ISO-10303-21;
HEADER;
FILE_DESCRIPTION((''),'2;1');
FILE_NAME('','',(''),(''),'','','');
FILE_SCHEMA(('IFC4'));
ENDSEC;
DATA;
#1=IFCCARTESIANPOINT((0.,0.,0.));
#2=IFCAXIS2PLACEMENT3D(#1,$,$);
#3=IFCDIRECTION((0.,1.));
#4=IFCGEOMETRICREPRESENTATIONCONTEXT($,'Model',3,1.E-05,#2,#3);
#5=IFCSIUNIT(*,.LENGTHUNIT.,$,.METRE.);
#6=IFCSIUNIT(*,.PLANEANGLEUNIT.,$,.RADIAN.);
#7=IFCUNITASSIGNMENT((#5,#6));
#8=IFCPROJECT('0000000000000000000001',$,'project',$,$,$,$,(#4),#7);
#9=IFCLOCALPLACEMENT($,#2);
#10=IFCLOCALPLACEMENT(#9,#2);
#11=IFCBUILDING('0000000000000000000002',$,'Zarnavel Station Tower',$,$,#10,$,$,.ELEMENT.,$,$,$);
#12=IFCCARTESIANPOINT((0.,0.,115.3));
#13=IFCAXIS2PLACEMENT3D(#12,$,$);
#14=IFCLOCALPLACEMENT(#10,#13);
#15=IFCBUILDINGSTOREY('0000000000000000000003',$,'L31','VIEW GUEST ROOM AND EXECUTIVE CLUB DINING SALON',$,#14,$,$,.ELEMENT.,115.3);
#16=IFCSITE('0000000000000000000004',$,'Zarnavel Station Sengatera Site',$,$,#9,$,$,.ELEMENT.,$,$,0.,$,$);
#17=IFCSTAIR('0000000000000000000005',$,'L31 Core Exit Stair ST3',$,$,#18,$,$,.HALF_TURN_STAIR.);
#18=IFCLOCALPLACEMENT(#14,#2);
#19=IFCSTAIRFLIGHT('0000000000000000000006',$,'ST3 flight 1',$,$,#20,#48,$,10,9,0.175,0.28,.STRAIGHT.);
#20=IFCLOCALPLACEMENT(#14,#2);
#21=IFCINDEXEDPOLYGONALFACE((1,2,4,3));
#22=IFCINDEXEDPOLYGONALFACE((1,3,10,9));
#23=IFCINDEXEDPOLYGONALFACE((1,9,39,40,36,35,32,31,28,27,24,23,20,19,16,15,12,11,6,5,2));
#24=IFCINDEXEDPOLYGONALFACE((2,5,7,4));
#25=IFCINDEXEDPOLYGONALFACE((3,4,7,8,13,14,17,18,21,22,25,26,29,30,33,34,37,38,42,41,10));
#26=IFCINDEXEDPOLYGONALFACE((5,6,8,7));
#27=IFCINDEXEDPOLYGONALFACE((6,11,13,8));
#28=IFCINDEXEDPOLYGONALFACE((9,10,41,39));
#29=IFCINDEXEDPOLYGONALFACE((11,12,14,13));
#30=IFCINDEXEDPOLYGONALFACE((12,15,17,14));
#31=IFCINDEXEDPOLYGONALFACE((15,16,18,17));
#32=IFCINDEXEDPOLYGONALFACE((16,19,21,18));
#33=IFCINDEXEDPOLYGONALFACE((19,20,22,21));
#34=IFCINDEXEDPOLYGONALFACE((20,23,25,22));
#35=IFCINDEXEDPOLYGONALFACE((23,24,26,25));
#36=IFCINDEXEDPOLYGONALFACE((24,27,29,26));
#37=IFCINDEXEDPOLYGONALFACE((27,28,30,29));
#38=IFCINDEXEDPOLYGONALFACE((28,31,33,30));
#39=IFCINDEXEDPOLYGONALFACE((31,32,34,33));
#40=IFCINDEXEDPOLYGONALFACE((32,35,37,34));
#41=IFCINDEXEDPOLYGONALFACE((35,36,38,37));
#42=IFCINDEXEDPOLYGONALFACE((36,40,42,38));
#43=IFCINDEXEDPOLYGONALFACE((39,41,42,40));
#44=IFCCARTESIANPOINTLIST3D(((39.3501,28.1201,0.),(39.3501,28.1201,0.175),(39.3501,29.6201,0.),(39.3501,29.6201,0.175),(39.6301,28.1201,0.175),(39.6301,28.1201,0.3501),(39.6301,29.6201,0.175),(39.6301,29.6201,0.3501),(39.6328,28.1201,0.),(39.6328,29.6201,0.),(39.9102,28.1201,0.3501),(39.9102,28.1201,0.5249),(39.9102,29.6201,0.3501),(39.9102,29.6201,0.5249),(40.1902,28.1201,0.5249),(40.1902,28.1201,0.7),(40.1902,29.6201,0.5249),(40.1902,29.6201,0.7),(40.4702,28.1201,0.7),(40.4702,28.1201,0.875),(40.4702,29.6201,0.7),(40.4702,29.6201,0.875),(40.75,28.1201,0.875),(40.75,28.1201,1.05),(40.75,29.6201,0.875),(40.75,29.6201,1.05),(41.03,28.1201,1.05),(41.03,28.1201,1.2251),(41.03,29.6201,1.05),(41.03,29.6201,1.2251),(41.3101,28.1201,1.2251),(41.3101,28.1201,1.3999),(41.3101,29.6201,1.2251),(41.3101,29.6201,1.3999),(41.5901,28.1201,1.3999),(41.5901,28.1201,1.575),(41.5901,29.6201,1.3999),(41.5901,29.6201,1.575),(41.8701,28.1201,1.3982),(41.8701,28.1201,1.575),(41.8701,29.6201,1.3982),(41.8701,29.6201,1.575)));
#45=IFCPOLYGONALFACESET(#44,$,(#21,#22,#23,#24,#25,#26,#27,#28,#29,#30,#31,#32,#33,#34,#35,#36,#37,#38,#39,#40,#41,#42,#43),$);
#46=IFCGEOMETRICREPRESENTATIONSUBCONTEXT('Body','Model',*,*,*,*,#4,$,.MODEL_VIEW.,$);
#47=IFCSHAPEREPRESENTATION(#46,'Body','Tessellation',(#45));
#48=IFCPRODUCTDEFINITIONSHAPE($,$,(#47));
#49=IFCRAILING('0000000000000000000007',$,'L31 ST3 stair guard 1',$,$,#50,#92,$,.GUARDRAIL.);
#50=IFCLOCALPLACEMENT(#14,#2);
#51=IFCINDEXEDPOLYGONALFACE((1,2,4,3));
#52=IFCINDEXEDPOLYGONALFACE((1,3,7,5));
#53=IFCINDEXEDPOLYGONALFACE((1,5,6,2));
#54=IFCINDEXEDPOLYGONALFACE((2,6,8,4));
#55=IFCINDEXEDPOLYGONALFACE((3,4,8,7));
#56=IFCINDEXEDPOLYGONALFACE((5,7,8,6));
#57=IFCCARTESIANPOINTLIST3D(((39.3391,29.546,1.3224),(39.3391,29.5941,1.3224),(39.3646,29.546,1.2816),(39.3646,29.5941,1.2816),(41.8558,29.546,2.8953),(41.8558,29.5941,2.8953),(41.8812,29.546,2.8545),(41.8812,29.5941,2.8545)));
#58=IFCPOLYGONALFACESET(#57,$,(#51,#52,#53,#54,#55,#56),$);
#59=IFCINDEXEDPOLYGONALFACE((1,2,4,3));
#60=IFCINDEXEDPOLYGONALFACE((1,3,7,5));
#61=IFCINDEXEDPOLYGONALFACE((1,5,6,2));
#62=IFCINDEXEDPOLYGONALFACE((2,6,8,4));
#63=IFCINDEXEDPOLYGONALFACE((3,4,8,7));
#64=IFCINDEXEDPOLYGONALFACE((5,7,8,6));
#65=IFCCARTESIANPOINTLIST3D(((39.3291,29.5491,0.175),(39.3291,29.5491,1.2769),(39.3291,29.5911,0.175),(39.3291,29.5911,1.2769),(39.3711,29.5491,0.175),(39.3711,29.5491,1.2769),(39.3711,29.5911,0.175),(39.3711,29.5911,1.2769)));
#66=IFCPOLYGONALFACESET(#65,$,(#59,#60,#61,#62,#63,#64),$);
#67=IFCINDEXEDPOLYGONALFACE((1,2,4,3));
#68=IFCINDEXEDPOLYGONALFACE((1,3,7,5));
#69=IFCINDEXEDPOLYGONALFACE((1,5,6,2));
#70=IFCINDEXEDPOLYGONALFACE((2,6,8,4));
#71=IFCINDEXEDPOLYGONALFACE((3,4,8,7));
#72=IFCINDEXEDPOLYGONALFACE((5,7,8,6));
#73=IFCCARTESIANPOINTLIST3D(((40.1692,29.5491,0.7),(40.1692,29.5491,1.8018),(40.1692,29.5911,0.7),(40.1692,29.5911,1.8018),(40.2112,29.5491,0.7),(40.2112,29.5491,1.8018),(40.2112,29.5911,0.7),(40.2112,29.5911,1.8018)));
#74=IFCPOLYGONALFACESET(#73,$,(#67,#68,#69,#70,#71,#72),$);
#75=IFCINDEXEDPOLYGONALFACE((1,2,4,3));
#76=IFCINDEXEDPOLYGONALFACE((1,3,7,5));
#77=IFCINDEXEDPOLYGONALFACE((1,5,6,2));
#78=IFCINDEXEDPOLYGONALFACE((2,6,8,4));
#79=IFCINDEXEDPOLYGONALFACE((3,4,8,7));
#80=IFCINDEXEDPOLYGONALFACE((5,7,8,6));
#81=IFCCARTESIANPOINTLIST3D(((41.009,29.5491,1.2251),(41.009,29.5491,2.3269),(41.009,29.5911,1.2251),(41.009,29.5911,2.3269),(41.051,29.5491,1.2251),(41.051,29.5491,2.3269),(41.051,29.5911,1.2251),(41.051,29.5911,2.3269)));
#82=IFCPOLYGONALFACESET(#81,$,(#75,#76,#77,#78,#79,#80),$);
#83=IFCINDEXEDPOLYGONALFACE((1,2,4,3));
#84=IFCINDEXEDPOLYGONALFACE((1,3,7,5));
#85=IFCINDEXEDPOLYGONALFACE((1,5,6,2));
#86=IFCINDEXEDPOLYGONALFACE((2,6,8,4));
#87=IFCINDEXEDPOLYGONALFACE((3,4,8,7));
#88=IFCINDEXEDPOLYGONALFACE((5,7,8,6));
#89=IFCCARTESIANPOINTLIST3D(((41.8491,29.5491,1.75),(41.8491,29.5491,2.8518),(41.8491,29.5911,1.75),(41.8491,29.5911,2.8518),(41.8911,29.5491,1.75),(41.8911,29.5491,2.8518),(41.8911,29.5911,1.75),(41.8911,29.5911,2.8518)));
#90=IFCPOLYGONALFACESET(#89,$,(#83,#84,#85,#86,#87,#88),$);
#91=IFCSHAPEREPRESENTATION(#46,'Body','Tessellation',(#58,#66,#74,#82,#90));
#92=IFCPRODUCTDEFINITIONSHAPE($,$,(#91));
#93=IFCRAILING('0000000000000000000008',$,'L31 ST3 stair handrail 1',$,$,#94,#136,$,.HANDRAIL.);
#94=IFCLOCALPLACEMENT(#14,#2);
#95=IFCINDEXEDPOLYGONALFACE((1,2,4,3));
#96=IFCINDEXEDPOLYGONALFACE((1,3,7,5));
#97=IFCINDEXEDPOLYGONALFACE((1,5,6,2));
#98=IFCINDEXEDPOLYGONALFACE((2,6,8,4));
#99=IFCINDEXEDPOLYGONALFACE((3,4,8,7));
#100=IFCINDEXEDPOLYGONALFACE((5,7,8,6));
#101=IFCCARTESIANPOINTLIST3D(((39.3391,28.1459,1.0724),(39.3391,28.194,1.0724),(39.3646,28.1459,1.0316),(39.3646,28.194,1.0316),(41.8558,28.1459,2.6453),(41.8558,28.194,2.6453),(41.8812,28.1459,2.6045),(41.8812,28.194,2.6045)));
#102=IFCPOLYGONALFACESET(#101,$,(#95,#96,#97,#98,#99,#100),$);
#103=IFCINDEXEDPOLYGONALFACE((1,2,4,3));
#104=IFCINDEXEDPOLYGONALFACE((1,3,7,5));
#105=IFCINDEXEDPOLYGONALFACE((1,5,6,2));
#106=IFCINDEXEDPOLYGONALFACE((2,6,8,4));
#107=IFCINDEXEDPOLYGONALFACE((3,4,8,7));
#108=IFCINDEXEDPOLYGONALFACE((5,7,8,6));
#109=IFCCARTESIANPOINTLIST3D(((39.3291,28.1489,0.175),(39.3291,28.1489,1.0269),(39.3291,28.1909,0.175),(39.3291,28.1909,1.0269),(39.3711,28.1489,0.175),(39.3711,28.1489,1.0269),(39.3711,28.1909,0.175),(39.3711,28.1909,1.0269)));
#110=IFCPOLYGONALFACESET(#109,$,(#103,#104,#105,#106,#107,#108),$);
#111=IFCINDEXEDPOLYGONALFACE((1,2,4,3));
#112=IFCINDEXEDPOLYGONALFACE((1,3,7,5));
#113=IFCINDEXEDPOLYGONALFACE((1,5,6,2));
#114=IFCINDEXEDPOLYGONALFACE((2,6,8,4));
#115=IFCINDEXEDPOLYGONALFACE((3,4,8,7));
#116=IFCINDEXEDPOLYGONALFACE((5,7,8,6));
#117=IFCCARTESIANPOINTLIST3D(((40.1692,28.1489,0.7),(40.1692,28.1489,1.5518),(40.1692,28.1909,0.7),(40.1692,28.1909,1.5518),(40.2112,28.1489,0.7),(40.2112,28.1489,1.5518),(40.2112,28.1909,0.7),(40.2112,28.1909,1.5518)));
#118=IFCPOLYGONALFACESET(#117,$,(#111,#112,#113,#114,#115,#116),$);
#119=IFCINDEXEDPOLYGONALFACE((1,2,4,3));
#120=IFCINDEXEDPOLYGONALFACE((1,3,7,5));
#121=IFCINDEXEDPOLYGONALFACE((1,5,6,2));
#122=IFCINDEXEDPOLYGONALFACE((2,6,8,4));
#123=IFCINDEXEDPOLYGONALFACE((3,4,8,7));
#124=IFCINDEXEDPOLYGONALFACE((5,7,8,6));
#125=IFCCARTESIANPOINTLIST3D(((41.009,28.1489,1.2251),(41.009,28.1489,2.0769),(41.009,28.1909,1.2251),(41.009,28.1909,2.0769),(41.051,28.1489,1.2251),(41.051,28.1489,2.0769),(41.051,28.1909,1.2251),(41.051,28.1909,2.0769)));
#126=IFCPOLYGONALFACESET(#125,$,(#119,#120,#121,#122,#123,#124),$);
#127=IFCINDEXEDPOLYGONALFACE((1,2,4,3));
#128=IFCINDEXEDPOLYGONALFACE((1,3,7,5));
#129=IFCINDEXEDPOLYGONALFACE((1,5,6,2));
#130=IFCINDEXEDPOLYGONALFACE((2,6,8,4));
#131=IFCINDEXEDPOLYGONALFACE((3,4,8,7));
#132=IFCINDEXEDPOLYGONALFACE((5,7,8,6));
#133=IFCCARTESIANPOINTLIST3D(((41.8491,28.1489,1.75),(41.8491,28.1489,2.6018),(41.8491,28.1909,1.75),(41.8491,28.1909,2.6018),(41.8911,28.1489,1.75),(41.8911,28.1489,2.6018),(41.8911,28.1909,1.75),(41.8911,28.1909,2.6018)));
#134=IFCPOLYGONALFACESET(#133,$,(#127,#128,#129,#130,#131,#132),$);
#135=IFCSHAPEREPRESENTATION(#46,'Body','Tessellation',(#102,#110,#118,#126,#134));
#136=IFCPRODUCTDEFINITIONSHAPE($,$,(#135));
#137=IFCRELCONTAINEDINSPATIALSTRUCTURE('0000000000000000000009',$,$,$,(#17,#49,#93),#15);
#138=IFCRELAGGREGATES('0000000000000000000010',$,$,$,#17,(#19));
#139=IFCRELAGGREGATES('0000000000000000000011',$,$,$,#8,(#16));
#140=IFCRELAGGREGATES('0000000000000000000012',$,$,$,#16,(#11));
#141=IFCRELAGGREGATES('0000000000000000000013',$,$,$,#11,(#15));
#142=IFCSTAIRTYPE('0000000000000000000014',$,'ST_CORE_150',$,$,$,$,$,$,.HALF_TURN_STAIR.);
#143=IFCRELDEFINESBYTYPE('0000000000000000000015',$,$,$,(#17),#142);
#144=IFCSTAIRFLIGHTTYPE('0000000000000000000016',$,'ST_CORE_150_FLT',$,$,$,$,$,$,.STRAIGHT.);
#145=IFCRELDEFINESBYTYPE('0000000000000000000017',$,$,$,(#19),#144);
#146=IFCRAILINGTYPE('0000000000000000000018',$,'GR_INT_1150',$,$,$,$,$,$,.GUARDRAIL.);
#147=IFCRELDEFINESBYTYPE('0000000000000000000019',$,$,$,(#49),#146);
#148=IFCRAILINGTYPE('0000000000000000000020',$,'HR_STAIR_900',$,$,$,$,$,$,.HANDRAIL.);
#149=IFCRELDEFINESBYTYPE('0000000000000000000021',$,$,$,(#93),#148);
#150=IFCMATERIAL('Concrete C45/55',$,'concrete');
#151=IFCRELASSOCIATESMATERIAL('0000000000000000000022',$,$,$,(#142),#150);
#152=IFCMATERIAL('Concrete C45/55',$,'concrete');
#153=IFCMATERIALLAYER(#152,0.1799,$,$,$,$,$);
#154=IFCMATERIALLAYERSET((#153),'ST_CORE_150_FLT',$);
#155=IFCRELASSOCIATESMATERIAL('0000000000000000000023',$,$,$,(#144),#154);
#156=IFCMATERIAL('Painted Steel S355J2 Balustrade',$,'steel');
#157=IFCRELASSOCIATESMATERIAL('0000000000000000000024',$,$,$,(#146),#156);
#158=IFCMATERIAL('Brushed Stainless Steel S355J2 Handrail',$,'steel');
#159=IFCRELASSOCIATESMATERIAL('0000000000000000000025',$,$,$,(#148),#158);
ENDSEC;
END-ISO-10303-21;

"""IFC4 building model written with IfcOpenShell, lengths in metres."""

from ifc_helpers import new_model, si_unit, direction, frame, origin, origin_2d, place, context, subcontext, project, spatial, polyline, rectangle, outline, extrude, material, layer, layer_set, type_object, element, aggregate, save


model = new_model("IFC4")

# Units and contexts
model_context = context("Model", 3, precision=1e-05, world=origin(), true_north=direction((0.0, 1.0)))
body_context = subcontext(model_context, "Body", "Model", "MODEL_VIEW")
ifc_project = project(units=[si_unit("LENGTHUNIT", "METRE"), si_unit("PLANEANGLEUNIT", "RADIAN")], contexts=[model_context])

# Site, building, storey
site_placement = place(None, origin())
site = spatial("IfcSite", under=ifc_project, at=site_placement, Name="Zarnavel Station Sengatera Site", CompositionType="ELEMENT", RefElevation=0.0)
building_placement = place(site_placement, origin())
building = spatial("IfcBuilding", under=site, at=building_placement, Name="Zarnavel Station Tower", CompositionType="ELEMENT")
storey_placement = place(building_placement, frame((0.0, 0.0, 115.3)))
storey = spatial("IfcBuildingStorey", under=building, at=storey_placement, Name="L31", Description="VIEW GUEST ROOM AND EXECUTIVE CLUB DINING SALON", CompositionType="ELEMENT", Elevation=115.3)

# Stair, stair flight
ifc_material_1 = material(Name="Concrete C45/55", Category="concrete")
stair_type = type_object("IfcStairType", Name="ST_CORE_150", PredefinedType="HALF_TURN_STAIR", material=ifc_material_1)
stair_placement = place(storey_placement, origin())
stair = element("IfcStair", 1, at=stair_placement, inside=storey, type_object=stair_type, Name="L31 Core Exit Stair ST3", PredefinedType="HALF_TURN_STAIR")
ifc_material_2 = material(Name="Concrete C45/55", Category="concrete")
ifc_layer_1 = layer(ifc_material_2, 0.1799)
ifc_layer_set_1 = layer_set([ifc_layer_1], Name="ST_CORE_150_FLT")
stair_flight_type = type_object("IfcStairFlightType", Name="ST_CORE_150_FLT", PredefinedType="STRAIGHT", material=ifc_layer_set_1)
stair_flight_placement = place(storey_placement, frame((39.3501, 28.8701, 0.0), z_axis=(0.0, 0.0, 1.0), x_axis=(1.0, 0.0, 0.0)))
stair_flight = element("IfcStairFlight", 2, at=stair_flight_placement, type_object=stair_flight_type, Name="ST3 flight 1", NumberOfRisers=10, NumberOfTreads=9, PredefinedType="STRAIGHT", RiserHeight=0.175, TreadLength=0.28, context=body_context, shape_type="SweptSolid", body=[
    extrude(outline(polyline([(0.0, 0.0), (0.0, 0.175), (0.28, 0.175), (0.28, 0.3501), (0.5601, 0.3501), (0.5601, 0.5249), (0.8401, 0.5249), (0.8401, 0.7), (1.1201, 0.7), (1.1201, 0.875), (1.3999, 0.875), (1.3999, 1.05), (1.6799, 1.05), (1.6799, 1.2251), (1.96, 1.2251), (1.96, 1.3999), (2.24, 1.3999), (2.24, 1.575), (2.52, 1.575), (2.52, 1.75), (2.52, 1.3982), (0.2827, 0.0), (0.0, 0.0)])), frame((0.0, 0.75, 0.0), z_axis=(0.0, -1.0, 0.0), x_axis=(1.0, 0.0, 0.0)), (0.0, 0.0, 1.0), 1.5),
])
aggregate(stair, [stair_flight])

# Railings
ifc_material_3 = material(Name="Painted Steel S355J2 Balustrade", Category="steel")
railing_type_1 = type_object("IfcRailingType", Name="GR_INT_1150", PredefinedType="GUARDRAIL", material=ifc_material_3)
railing_1_placement = place(storey_placement, frame((39.3501, 29.5701, 0.175)))
element("IfcRailing", 3, at=railing_1_placement, inside=storey, type_object=railing_type_1, Name="L31 ST3 stair guard 1", PredefinedType="GUARDRAIL", context=body_context, shape_type="SweptSolid", body=[
    extrude(rectangle(XDim=0.0481, YDim=0.0481, at=origin_2d()), frame((0.0017, 0.0, 1.127), z_axis=(0.848008, 0.0, 0.529984), x_axis=(0.0, 1.0, 0.0)), (0.0, 0.0, 1.0), 2.9678),
    extrude(rectangle(XDim=0.042, YDim=0.042, at=origin_2d()), origin(), (0.0, 0.0, 1.0), 1.1018),
    extrude(rectangle(XDim=0.042, YDim=0.042, at=origin_2d()), frame((0.8401, 0.0, 0.5249)), (0.0, 0.0, 1.0), 1.1018),
    extrude(rectangle(XDim=0.042, YDim=0.042, at=origin_2d()), frame((1.6799, 0.0, 1.05)), (0.0, 0.0, 1.0), 1.1018),
    extrude(rectangle(XDim=0.042, YDim=0.042, at=origin_2d()), frame((2.52, 0.0, 1.575)), (0.0, 0.0, 1.0), 1.1018),
])
ifc_material_4 = material(Name="Brushed Stainless Steel S355J2 Handrail", Category="steel")
railing_type_2 = type_object("IfcRailingType", Name="HR_STAIR_900", PredefinedType="HANDRAIL", material=ifc_material_4)
railing_2_placement = place(storey_placement, frame((39.3501, 28.1699, 0.175)))
element("IfcRailing", 4, at=railing_2_placement, inside=storey, type_object=railing_type_2, Name="L31 ST3 stair handrail 1", PredefinedType="HANDRAIL", context=body_context, shape_type="SweptSolid", body=[
    extrude(rectangle(XDim=0.0481, YDim=0.0481, at=origin_2d()), frame((0.0017, 0.0, 0.877), z_axis=(0.848008, 0.0, 0.529984), x_axis=(0.0, 1.0, 0.0)), (0.0, 0.0, 1.0), 2.9678),
    extrude(rectangle(XDim=0.042, YDim=0.042, at=origin_2d()), origin(), (0.0, 0.0, 1.0), 0.8518),
    extrude(rectangle(XDim=0.042, YDim=0.042, at=origin_2d()), frame((0.8401, 0.0, 0.5249)), (0.0, 0.0, 1.0), 0.8518),
    extrude(rectangle(XDim=0.042, YDim=0.042, at=origin_2d()), frame((1.6799, 0.0, 1.05)), (0.0, 0.0, 1.0), 0.8518),
    extrude(rectangle(XDim=0.042, YDim=0.042, at=origin_2d()), frame((2.52, 0.0, 1.575)), (0.0, 0.0, 1.0), 0.8518),
])

save(model, "model.ifc")
